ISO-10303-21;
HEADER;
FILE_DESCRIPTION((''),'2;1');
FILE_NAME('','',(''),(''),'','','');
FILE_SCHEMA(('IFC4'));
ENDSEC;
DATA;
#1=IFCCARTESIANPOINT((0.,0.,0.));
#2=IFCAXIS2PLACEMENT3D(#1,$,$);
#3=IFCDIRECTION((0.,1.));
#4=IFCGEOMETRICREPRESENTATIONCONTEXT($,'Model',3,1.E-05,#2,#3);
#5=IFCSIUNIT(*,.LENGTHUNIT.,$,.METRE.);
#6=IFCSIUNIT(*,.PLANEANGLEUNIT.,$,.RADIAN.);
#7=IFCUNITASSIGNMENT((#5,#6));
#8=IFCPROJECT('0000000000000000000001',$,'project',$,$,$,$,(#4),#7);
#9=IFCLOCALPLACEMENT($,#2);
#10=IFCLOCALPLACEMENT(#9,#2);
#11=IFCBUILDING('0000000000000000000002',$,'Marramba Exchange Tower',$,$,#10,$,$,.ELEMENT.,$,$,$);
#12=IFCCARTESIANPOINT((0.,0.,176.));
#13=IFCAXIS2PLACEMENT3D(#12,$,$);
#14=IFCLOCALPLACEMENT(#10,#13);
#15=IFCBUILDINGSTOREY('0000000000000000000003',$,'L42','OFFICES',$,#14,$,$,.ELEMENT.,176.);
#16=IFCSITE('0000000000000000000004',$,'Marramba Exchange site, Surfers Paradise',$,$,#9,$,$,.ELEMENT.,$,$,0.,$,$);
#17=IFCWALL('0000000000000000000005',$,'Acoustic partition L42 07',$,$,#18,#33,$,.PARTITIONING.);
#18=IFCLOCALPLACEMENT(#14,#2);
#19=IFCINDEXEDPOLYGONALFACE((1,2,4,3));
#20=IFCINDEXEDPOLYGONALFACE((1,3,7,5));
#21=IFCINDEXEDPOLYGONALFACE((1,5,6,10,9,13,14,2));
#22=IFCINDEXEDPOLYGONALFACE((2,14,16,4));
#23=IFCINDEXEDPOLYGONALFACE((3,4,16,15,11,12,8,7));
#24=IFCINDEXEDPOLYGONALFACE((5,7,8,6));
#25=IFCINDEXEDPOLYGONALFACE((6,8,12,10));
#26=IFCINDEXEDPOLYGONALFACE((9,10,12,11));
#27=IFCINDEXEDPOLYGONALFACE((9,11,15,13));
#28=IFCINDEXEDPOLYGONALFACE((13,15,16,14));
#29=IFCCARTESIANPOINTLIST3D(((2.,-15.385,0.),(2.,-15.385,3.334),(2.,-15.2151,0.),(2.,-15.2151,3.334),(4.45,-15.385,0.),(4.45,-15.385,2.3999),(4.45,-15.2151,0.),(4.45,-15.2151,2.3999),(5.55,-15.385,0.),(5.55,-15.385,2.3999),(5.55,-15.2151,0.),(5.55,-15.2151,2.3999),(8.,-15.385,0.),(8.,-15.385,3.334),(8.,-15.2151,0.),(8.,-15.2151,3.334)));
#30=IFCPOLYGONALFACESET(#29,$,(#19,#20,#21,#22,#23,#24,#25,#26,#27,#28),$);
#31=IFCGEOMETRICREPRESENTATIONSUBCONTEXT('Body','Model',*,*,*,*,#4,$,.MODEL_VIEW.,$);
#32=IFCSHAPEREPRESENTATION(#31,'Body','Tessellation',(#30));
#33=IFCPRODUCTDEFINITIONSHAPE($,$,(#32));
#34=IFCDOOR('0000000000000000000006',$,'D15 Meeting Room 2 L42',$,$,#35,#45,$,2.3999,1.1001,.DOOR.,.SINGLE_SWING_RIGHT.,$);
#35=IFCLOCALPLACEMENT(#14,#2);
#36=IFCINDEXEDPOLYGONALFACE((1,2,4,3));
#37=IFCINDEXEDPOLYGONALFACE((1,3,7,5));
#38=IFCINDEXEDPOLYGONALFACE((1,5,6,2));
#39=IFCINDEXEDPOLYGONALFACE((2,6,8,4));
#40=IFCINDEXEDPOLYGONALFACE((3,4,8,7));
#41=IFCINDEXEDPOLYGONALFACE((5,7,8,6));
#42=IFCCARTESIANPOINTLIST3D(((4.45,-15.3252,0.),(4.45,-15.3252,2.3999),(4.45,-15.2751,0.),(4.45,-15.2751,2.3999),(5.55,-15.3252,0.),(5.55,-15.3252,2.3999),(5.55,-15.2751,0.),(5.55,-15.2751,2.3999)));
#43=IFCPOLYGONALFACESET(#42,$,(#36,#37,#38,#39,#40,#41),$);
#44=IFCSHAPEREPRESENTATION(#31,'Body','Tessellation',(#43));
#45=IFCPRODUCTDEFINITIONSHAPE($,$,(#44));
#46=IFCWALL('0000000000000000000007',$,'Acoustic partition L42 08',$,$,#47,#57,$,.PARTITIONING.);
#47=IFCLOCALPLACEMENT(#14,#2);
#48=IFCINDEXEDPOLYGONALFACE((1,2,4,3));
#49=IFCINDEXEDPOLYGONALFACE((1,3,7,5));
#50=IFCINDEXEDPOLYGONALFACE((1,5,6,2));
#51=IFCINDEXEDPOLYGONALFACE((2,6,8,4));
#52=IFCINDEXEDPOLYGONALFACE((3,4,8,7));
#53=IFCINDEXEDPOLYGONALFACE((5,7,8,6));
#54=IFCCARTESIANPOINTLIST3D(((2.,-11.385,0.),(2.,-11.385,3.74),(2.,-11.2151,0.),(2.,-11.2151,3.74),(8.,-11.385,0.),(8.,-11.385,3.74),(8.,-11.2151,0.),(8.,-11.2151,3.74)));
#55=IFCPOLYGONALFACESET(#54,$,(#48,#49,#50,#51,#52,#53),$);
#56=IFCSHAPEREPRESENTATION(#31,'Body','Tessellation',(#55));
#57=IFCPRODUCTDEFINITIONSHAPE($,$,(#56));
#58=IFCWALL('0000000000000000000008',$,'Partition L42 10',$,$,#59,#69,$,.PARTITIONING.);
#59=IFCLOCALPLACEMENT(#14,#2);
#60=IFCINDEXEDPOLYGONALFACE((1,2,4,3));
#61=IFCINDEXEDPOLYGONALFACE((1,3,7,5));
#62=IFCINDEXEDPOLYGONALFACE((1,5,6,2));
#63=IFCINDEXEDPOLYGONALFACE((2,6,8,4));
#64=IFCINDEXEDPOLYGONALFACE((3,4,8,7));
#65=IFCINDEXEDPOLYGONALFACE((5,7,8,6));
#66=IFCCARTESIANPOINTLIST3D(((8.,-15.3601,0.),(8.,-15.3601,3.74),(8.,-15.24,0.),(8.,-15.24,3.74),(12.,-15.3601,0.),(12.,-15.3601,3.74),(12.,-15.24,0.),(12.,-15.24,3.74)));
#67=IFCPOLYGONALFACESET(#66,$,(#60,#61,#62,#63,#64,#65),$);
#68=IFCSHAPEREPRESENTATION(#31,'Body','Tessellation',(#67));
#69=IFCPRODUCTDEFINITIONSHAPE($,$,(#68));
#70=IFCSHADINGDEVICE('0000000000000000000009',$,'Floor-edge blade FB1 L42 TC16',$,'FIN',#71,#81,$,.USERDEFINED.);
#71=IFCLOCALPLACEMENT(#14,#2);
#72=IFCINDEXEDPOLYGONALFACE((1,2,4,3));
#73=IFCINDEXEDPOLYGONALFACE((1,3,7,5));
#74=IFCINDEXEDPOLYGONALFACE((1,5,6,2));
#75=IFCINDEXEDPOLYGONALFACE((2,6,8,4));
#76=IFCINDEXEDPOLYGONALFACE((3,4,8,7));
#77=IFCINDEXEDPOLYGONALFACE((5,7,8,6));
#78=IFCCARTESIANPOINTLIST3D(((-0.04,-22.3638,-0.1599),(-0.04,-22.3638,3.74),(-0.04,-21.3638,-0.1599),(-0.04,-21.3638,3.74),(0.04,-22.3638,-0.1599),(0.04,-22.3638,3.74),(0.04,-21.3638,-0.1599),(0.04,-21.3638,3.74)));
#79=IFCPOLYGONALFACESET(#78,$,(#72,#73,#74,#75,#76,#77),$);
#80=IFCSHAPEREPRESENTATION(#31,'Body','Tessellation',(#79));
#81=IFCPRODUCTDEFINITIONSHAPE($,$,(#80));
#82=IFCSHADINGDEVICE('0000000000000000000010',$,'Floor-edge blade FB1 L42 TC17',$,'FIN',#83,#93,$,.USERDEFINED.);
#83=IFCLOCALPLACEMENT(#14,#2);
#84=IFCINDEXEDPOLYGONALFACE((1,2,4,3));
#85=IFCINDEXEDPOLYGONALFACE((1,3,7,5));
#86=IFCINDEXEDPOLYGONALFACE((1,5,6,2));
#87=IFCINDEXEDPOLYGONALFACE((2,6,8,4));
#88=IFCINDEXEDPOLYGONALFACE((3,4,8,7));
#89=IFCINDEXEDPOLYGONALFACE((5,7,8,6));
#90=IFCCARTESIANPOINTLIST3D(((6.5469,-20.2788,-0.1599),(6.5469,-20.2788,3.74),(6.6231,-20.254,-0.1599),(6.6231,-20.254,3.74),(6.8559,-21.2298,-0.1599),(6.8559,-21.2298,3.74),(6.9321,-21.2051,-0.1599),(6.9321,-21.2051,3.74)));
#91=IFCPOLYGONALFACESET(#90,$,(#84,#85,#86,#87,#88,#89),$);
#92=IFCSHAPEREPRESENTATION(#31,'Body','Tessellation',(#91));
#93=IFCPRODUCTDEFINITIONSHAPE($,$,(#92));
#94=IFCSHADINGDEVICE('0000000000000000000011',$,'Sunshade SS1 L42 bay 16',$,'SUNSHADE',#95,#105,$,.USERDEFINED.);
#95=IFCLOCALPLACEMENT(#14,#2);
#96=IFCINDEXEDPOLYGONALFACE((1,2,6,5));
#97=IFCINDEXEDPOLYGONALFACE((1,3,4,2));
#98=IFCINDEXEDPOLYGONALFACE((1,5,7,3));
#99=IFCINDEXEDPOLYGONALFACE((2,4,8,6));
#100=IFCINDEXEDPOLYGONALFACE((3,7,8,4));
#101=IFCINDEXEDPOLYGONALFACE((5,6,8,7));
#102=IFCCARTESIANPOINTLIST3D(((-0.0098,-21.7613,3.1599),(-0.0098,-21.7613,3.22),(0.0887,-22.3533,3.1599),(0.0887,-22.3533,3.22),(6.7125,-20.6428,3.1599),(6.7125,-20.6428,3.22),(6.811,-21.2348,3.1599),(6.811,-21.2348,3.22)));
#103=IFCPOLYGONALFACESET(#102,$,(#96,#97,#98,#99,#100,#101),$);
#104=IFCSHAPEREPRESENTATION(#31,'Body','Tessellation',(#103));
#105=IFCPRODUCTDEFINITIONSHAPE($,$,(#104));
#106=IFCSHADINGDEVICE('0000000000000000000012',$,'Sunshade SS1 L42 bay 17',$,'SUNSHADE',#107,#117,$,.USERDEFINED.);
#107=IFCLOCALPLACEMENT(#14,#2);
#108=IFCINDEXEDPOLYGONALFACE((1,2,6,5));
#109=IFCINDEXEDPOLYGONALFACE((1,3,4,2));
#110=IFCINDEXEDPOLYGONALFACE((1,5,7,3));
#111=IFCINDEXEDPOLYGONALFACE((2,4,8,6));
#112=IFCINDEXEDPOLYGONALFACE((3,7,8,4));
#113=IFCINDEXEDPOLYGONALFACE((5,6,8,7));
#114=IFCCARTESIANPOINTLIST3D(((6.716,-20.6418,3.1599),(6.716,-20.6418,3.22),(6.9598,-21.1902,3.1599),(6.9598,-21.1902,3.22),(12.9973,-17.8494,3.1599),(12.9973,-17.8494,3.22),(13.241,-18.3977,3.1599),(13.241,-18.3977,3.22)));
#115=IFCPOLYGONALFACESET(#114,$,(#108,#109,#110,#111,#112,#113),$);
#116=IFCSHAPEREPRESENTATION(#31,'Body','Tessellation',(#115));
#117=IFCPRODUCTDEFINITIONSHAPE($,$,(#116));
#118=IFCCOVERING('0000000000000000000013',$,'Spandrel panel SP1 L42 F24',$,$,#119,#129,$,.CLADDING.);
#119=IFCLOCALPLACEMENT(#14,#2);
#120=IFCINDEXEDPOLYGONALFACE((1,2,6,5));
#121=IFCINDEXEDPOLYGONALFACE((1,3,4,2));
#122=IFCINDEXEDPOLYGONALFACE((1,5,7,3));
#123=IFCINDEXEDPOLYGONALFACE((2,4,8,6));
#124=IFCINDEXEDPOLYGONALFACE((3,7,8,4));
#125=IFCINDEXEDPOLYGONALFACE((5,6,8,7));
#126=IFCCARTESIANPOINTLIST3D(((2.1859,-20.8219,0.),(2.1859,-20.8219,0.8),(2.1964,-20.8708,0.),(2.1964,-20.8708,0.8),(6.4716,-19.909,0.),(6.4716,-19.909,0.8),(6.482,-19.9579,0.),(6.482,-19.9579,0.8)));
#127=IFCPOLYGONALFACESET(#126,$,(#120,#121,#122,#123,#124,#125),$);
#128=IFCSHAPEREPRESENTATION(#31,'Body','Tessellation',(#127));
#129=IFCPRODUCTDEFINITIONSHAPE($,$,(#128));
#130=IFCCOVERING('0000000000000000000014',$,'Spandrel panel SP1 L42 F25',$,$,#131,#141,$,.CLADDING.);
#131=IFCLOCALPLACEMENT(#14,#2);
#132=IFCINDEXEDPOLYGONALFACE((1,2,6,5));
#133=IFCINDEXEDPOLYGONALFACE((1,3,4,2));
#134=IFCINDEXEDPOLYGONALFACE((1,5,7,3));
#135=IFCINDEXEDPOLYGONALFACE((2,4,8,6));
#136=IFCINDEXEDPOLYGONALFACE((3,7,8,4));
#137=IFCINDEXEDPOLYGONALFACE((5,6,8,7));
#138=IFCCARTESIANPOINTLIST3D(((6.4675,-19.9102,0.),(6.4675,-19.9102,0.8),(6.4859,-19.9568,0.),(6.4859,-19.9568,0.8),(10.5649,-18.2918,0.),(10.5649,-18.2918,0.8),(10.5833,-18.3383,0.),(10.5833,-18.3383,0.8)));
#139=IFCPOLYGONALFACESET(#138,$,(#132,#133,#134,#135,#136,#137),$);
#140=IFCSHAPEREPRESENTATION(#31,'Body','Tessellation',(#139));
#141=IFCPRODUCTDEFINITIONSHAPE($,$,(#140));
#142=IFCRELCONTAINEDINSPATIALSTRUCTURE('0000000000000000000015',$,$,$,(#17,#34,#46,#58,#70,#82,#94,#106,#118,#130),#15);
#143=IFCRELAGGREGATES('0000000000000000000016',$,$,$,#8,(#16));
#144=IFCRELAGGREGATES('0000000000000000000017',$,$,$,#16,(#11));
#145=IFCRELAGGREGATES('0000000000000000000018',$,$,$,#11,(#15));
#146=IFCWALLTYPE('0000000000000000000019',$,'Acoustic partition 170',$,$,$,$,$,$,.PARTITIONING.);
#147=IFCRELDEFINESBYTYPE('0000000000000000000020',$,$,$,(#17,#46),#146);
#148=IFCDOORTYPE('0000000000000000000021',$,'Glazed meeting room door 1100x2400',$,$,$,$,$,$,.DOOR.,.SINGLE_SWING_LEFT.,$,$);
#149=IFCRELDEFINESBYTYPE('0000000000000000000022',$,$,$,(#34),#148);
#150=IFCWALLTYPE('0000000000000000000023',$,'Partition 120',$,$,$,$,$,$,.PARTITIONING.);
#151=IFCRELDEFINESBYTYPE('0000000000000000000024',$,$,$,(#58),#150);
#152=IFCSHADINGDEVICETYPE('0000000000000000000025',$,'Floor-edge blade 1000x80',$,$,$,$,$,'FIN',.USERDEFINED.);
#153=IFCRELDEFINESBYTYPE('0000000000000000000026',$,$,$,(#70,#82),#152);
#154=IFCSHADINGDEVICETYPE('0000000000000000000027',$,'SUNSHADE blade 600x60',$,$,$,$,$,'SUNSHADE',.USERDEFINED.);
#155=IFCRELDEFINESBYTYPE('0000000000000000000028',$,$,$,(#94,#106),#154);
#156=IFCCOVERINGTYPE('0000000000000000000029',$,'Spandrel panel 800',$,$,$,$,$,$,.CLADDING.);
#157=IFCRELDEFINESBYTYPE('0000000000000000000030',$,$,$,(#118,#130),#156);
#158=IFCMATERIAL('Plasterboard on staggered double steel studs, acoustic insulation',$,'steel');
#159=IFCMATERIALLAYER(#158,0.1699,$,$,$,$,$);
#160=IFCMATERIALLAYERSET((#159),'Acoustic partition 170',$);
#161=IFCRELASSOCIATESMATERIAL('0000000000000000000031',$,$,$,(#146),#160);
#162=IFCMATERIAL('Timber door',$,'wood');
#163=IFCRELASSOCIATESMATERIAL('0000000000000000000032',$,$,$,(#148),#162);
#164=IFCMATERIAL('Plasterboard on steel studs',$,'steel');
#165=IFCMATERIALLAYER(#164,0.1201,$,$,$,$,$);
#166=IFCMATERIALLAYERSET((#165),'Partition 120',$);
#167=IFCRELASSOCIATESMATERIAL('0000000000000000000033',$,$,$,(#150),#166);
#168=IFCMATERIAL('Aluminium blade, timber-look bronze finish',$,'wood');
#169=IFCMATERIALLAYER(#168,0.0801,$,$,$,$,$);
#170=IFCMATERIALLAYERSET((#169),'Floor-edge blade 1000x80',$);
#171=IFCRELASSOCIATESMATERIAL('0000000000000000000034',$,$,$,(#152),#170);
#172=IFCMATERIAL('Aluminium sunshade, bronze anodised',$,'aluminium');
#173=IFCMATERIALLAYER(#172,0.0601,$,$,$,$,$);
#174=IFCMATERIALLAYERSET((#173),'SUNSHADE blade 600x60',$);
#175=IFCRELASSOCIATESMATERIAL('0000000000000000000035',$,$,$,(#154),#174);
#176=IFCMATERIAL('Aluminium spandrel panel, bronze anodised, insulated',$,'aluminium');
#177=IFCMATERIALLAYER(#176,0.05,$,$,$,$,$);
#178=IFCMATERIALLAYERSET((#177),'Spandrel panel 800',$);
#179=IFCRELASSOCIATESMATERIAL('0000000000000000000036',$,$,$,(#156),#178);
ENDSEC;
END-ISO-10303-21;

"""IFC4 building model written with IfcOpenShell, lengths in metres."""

from ifc_helpers import new_model, si_unit, direction, frame, frame_2d, origin, origin_2d, place, context, subcontext, project, spatial, rectangle, extrude, material, layer, layer_set, type_object, element, fill, save


model = new_model("IFC4")

# Units and contexts
model_context = context("Model", 3, precision=1e-05, world=origin(), true_north=direction((0.0, 1.0)))
body_context = subcontext(model_context, "Body", "Model", "MODEL_VIEW")
ifc_project = project(units=[si_unit("LENGTHUNIT", "METRE"), si_unit("PLANEANGLEUNIT", "RADIAN")], contexts=[model_context])

# Site, building, storey
site_placement = place(None, origin())
site = spatial("IfcSite", under=ifc_project, at=site_placement, Name="Marramba Exchange site, Surfers Paradise", CompositionType="ELEMENT", RefElevation=0.0)
building_placement = place(site_placement, origin())
building = spatial("IfcBuilding", under=site, at=building_placement, Name="Marramba Exchange Tower", CompositionType="ELEMENT")
storey_placement = place(building_placement, frame((0.0, 0.0, 176.0)))
storey = spatial("IfcBuildingStorey", under=building, at=storey_placement, Name="L42", Description="OFFICES", CompositionType="ELEMENT", Elevation=176.0)

# Shared definitions
ifc_material_1 = material(Name="Plasterboard on staggered double steel studs, acoustic insulation", Category="steel")
ifc_layer_1 = layer(ifc_material_1, 0.1699)
ifc_layer_set_1 = layer_set([ifc_layer_1], Name="Acoustic partition 170")
wall_type_1 = type_object("IfcWallType", Name="Acoustic partition 170", PredefinedType="PARTITIONING", material=ifc_layer_set_1)

# Wall, opening, door
wall_1_placement = place(storey_placement, frame((2.0, -15.3, 0.0), z_axis=(0.0, 0.0, 1.0), x_axis=(1.0, 0.0, 0.0)))
wall_1 = element("IfcWall", 1, at=wall_1_placement, inside=storey, type_object=wall_type_1, Name="Acoustic partition L42 07", PredefinedType="PARTITIONING", context=body_context, shape_type="SweptSolid", body=[
    extrude(rectangle(XDim=6.0, YDim=0.1699, at=frame_2d((3.0, 0.0))), origin(), (0.0, 0.0, 1.0), 3.334),
])
opening_placement = place(wall_1_placement, frame((2.45, 0.0, 0.0)))
opening = element("IfcOpeningElement", 2, at=opening_placement, cuts=wall_1, PredefinedType="OPENING", context=body_context, shape_type="SweptSolid", body=[
    extrude(rectangle(XDim=1.1001, YDim=2.3999, at=frame_2d((0.55, 1.2))), frame((0.0, 0.095, 0.0), z_axis=(0.0, -1.0, 0.0), x_axis=(1.0, 0.0, 0.0)), (0.0, 0.0, 1.0), 0.1899),
])
ifc_material_2 = material(Name="Timber door", Category="wood")
door_type = type_object("IfcDoorType", Name="Glazed meeting room door 1100x2400", OperationType="SINGLE_SWING_LEFT", PredefinedType="DOOR", material=ifc_material_2)
door_placement = place(opening_placement, origin())
door = element("IfcDoor", 3, at=door_placement, inside=storey, type_object=door_type, Name="D15 Meeting Room 2 L42", OperationType="SINGLE_SWING_RIGHT", OverallHeight=2.3999, OverallWidth=1.1001, PredefinedType="DOOR", context=body_context, shape_type="SweptSolid", body=[
    extrude(rectangle(XDim=1.1001, YDim=2.3999, at=frame_2d((0.55, 1.2))), frame((0.0, 0.0249, 0.0), z_axis=(0.0, -1.0, 0.0), x_axis=(1.0, 0.0, 0.0)), (0.0, 0.0, 1.0), 0.05),
])
fill(opening, door)

# Walls
wall_2_placement = place(storey_placement, frame((8.0, -11.3, 0.0), z_axis=(0.0, 0.0, 1.0), x_axis=(-1.0, 0.0, 0.0)))
element("IfcWall", 4, at=wall_2_placement, inside=storey, type_object=wall_type_1, Name="Acoustic partition L42 08", PredefinedType="PARTITIONING", context=body_context, shape_type="SweptSolid", body=[
    extrude(rectangle(XDim=6.0, YDim=0.1699, at=frame_2d((3.0, 0.0))), origin(), (0.0, 0.0, 1.0), 3.74),
])
ifc_material_3 = material(Name="Plasterboard on steel studs", Category="steel")
ifc_layer_2 = layer(ifc_material_3, 0.1201)
ifc_layer_set_2 = layer_set([ifc_layer_2], Name="Partition 120")
wall_type_2 = type_object("IfcWallType", Name="Partition 120", PredefinedType="PARTITIONING", material=ifc_layer_set_2)
wall_3_placement = place(storey_placement, frame((8.0, -15.3, 0.0), z_axis=(0.0, 0.0, 1.0), x_axis=(1.0, 0.0, 0.0)))
element("IfcWall", 5, at=wall_3_placement, inside=storey, type_object=wall_type_2, Name="Partition L42 10", PredefinedType="PARTITIONING", context=body_context, shape_type="SweptSolid", body=[
    extrude(rectangle(XDim=4.0, YDim=0.1201, at=frame_2d((2.0, 0.0))), origin(), (0.0, 0.0, 1.0), 3.74),
])

# Shading devices
ifc_material_4 = material(Name="Aluminium blade, timber-look bronze finish", Category="wood")
ifc_layer_3 = layer(ifc_material_4, 0.0801)
ifc_layer_set_3 = layer_set([ifc_layer_3], Name="Floor-edge blade 1000x80")
shading_device_type_1 = type_object("IfcShadingDeviceType", Name="Floor-edge blade 1000x80", ElementType="FIN", PredefinedType="USERDEFINED", material=ifc_layer_set_3)
for number, where, z_axis, x_axis, name in (
    (6, (0.0, -21.8638, -0.1599), (0.0, 0.0, 1.0), (0.0, -1.0, 0.0), "Floor-edge blade FB1 L42 TC16"),
    (7, (6.7395, -20.7419, -0.1599), (0.0, 0.0, 1.0), (0.309017, -0.951057, 0.0), "Floor-edge blade FB1 L42 TC17"),
):
    element("IfcShadingDevice", number, at=place(storey_placement, frame(where, z_axis=z_axis, x_axis=x_axis)), inside=storey, type_object=shading_device_type_1, Name=name, ObjectType="FIN", PredefinedType="USERDEFINED", context=body_context, shape_type="SweptSolid", body=[
        extrude(rectangle(XDim=1.0, YDim=0.0801, at=origin_2d()), origin(), (0.0, 0.0, 1.0), 3.8999),
    ])
ifc_material_5 = material(Name="Aluminium sunshade, bronze anodised", Category="aluminium")
ifc_layer_4 = layer(ifc_material_5, 0.0601)
ifc_layer_set_4 = layer_set([ifc_layer_4], Name="SUNSHADE blade 600x60")
shading_device_type_2 = type_object("IfcShadingDeviceType", Name="SUNSHADE blade 600x60", ElementType="SUNSHADE", PredefinedType="USERDEFINED", material=ifc_layer_set_4)
shading_device_1_placement = place(storey_placement, frame((3.4006, -21.498, 3.1599), z_axis=(0.0, 0.0, 1.0), x_axis=(0.98644, 0.164125, 0.0)))
element("IfcShadingDevice", 8, at=shading_device_1_placement, inside=storey, type_object=shading_device_type_2, Name="Sunshade SS1 L42 bay 16", ObjectType="SUNSHADE", PredefinedType="USERDEFINED", context=body_context, shape_type="SweptSolid", body=[
    extrude(rectangle(XDim=6.8147, YDim=0.6001, at=origin_2d()), origin(), (0.0, 0.0, 1.0), 0.0601),
])
shading_device_2_placement = place(storey_placement, frame((9.9785, -19.5198, 3.1599), z_axis=(0.0, 0.0, 1.0), x_axis=(0.913772, 0.406228, 0.0)))
element("IfcShadingDevice", 9, at=shading_device_2_placement, inside=storey, type_object=shading_device_type_2, Name="Sunshade SS1 L42 bay 17", ObjectType="SUNSHADE", PredefinedType="USERDEFINED", context=body_context, shape_type="SweptSolid", body=[
    extrude(rectangle(XDim=6.874, YDim=0.6001, at=origin_2d()), origin(), (0.0, 0.0, 1.0), 0.0601),
])

# Coverings
ifc_material_6 = material(Name="Aluminium spandrel panel, bronze anodised, insulated", Category="aluminium")
ifc_layer_5 = layer(ifc_material_6, 0.05)
ifc_layer_set_5 = layer_set([ifc_layer_5], Name="Spandrel panel 800")
covering_type = type_object("IfcCoveringType", Name="Spandrel panel 800", PredefinedType="CLADDING", material=ifc_layer_set_5)
covering_1_placement = place(storey_placement, frame((4.334, -20.3899, 0.0), z_axis=(0.0, 0.0, 1.0), x_axis=(0.978058, 0.208332, 0.0)))
element("IfcCovering", 10, at=covering_1_placement, inside=storey, type_object=covering_type, Name="Spandrel panel SP1 L42 F24", PredefinedType="CLADDING", context=body_context, shape_type="SweptSolid", body=[
    extrude(rectangle(XDim=4.3818, YDim=0.05, at=origin_2d()), origin(), (0.0, 0.0, 1.0), 0.8),
])
covering_2_placement = place(storey_placement, frame((8.5254, -19.1243, 0.0), z_axis=(0.0, 0.0, 1.0), x_axis=(0.930073, 0.367375, 0.0)))
element("IfcCovering", 11, at=covering_2_placement, inside=storey, type_object=covering_type, Name="Spandrel panel SP1 L42 F25", PredefinedType="CLADDING", context=body_context, shape_type="SweptSolid", body=[
    extrude(rectangle(XDim=4.4055, YDim=0.05, at=origin_2d()), origin(), (0.0, 0.0, 1.0), 0.8),
])

save(model, "model.ifc")
